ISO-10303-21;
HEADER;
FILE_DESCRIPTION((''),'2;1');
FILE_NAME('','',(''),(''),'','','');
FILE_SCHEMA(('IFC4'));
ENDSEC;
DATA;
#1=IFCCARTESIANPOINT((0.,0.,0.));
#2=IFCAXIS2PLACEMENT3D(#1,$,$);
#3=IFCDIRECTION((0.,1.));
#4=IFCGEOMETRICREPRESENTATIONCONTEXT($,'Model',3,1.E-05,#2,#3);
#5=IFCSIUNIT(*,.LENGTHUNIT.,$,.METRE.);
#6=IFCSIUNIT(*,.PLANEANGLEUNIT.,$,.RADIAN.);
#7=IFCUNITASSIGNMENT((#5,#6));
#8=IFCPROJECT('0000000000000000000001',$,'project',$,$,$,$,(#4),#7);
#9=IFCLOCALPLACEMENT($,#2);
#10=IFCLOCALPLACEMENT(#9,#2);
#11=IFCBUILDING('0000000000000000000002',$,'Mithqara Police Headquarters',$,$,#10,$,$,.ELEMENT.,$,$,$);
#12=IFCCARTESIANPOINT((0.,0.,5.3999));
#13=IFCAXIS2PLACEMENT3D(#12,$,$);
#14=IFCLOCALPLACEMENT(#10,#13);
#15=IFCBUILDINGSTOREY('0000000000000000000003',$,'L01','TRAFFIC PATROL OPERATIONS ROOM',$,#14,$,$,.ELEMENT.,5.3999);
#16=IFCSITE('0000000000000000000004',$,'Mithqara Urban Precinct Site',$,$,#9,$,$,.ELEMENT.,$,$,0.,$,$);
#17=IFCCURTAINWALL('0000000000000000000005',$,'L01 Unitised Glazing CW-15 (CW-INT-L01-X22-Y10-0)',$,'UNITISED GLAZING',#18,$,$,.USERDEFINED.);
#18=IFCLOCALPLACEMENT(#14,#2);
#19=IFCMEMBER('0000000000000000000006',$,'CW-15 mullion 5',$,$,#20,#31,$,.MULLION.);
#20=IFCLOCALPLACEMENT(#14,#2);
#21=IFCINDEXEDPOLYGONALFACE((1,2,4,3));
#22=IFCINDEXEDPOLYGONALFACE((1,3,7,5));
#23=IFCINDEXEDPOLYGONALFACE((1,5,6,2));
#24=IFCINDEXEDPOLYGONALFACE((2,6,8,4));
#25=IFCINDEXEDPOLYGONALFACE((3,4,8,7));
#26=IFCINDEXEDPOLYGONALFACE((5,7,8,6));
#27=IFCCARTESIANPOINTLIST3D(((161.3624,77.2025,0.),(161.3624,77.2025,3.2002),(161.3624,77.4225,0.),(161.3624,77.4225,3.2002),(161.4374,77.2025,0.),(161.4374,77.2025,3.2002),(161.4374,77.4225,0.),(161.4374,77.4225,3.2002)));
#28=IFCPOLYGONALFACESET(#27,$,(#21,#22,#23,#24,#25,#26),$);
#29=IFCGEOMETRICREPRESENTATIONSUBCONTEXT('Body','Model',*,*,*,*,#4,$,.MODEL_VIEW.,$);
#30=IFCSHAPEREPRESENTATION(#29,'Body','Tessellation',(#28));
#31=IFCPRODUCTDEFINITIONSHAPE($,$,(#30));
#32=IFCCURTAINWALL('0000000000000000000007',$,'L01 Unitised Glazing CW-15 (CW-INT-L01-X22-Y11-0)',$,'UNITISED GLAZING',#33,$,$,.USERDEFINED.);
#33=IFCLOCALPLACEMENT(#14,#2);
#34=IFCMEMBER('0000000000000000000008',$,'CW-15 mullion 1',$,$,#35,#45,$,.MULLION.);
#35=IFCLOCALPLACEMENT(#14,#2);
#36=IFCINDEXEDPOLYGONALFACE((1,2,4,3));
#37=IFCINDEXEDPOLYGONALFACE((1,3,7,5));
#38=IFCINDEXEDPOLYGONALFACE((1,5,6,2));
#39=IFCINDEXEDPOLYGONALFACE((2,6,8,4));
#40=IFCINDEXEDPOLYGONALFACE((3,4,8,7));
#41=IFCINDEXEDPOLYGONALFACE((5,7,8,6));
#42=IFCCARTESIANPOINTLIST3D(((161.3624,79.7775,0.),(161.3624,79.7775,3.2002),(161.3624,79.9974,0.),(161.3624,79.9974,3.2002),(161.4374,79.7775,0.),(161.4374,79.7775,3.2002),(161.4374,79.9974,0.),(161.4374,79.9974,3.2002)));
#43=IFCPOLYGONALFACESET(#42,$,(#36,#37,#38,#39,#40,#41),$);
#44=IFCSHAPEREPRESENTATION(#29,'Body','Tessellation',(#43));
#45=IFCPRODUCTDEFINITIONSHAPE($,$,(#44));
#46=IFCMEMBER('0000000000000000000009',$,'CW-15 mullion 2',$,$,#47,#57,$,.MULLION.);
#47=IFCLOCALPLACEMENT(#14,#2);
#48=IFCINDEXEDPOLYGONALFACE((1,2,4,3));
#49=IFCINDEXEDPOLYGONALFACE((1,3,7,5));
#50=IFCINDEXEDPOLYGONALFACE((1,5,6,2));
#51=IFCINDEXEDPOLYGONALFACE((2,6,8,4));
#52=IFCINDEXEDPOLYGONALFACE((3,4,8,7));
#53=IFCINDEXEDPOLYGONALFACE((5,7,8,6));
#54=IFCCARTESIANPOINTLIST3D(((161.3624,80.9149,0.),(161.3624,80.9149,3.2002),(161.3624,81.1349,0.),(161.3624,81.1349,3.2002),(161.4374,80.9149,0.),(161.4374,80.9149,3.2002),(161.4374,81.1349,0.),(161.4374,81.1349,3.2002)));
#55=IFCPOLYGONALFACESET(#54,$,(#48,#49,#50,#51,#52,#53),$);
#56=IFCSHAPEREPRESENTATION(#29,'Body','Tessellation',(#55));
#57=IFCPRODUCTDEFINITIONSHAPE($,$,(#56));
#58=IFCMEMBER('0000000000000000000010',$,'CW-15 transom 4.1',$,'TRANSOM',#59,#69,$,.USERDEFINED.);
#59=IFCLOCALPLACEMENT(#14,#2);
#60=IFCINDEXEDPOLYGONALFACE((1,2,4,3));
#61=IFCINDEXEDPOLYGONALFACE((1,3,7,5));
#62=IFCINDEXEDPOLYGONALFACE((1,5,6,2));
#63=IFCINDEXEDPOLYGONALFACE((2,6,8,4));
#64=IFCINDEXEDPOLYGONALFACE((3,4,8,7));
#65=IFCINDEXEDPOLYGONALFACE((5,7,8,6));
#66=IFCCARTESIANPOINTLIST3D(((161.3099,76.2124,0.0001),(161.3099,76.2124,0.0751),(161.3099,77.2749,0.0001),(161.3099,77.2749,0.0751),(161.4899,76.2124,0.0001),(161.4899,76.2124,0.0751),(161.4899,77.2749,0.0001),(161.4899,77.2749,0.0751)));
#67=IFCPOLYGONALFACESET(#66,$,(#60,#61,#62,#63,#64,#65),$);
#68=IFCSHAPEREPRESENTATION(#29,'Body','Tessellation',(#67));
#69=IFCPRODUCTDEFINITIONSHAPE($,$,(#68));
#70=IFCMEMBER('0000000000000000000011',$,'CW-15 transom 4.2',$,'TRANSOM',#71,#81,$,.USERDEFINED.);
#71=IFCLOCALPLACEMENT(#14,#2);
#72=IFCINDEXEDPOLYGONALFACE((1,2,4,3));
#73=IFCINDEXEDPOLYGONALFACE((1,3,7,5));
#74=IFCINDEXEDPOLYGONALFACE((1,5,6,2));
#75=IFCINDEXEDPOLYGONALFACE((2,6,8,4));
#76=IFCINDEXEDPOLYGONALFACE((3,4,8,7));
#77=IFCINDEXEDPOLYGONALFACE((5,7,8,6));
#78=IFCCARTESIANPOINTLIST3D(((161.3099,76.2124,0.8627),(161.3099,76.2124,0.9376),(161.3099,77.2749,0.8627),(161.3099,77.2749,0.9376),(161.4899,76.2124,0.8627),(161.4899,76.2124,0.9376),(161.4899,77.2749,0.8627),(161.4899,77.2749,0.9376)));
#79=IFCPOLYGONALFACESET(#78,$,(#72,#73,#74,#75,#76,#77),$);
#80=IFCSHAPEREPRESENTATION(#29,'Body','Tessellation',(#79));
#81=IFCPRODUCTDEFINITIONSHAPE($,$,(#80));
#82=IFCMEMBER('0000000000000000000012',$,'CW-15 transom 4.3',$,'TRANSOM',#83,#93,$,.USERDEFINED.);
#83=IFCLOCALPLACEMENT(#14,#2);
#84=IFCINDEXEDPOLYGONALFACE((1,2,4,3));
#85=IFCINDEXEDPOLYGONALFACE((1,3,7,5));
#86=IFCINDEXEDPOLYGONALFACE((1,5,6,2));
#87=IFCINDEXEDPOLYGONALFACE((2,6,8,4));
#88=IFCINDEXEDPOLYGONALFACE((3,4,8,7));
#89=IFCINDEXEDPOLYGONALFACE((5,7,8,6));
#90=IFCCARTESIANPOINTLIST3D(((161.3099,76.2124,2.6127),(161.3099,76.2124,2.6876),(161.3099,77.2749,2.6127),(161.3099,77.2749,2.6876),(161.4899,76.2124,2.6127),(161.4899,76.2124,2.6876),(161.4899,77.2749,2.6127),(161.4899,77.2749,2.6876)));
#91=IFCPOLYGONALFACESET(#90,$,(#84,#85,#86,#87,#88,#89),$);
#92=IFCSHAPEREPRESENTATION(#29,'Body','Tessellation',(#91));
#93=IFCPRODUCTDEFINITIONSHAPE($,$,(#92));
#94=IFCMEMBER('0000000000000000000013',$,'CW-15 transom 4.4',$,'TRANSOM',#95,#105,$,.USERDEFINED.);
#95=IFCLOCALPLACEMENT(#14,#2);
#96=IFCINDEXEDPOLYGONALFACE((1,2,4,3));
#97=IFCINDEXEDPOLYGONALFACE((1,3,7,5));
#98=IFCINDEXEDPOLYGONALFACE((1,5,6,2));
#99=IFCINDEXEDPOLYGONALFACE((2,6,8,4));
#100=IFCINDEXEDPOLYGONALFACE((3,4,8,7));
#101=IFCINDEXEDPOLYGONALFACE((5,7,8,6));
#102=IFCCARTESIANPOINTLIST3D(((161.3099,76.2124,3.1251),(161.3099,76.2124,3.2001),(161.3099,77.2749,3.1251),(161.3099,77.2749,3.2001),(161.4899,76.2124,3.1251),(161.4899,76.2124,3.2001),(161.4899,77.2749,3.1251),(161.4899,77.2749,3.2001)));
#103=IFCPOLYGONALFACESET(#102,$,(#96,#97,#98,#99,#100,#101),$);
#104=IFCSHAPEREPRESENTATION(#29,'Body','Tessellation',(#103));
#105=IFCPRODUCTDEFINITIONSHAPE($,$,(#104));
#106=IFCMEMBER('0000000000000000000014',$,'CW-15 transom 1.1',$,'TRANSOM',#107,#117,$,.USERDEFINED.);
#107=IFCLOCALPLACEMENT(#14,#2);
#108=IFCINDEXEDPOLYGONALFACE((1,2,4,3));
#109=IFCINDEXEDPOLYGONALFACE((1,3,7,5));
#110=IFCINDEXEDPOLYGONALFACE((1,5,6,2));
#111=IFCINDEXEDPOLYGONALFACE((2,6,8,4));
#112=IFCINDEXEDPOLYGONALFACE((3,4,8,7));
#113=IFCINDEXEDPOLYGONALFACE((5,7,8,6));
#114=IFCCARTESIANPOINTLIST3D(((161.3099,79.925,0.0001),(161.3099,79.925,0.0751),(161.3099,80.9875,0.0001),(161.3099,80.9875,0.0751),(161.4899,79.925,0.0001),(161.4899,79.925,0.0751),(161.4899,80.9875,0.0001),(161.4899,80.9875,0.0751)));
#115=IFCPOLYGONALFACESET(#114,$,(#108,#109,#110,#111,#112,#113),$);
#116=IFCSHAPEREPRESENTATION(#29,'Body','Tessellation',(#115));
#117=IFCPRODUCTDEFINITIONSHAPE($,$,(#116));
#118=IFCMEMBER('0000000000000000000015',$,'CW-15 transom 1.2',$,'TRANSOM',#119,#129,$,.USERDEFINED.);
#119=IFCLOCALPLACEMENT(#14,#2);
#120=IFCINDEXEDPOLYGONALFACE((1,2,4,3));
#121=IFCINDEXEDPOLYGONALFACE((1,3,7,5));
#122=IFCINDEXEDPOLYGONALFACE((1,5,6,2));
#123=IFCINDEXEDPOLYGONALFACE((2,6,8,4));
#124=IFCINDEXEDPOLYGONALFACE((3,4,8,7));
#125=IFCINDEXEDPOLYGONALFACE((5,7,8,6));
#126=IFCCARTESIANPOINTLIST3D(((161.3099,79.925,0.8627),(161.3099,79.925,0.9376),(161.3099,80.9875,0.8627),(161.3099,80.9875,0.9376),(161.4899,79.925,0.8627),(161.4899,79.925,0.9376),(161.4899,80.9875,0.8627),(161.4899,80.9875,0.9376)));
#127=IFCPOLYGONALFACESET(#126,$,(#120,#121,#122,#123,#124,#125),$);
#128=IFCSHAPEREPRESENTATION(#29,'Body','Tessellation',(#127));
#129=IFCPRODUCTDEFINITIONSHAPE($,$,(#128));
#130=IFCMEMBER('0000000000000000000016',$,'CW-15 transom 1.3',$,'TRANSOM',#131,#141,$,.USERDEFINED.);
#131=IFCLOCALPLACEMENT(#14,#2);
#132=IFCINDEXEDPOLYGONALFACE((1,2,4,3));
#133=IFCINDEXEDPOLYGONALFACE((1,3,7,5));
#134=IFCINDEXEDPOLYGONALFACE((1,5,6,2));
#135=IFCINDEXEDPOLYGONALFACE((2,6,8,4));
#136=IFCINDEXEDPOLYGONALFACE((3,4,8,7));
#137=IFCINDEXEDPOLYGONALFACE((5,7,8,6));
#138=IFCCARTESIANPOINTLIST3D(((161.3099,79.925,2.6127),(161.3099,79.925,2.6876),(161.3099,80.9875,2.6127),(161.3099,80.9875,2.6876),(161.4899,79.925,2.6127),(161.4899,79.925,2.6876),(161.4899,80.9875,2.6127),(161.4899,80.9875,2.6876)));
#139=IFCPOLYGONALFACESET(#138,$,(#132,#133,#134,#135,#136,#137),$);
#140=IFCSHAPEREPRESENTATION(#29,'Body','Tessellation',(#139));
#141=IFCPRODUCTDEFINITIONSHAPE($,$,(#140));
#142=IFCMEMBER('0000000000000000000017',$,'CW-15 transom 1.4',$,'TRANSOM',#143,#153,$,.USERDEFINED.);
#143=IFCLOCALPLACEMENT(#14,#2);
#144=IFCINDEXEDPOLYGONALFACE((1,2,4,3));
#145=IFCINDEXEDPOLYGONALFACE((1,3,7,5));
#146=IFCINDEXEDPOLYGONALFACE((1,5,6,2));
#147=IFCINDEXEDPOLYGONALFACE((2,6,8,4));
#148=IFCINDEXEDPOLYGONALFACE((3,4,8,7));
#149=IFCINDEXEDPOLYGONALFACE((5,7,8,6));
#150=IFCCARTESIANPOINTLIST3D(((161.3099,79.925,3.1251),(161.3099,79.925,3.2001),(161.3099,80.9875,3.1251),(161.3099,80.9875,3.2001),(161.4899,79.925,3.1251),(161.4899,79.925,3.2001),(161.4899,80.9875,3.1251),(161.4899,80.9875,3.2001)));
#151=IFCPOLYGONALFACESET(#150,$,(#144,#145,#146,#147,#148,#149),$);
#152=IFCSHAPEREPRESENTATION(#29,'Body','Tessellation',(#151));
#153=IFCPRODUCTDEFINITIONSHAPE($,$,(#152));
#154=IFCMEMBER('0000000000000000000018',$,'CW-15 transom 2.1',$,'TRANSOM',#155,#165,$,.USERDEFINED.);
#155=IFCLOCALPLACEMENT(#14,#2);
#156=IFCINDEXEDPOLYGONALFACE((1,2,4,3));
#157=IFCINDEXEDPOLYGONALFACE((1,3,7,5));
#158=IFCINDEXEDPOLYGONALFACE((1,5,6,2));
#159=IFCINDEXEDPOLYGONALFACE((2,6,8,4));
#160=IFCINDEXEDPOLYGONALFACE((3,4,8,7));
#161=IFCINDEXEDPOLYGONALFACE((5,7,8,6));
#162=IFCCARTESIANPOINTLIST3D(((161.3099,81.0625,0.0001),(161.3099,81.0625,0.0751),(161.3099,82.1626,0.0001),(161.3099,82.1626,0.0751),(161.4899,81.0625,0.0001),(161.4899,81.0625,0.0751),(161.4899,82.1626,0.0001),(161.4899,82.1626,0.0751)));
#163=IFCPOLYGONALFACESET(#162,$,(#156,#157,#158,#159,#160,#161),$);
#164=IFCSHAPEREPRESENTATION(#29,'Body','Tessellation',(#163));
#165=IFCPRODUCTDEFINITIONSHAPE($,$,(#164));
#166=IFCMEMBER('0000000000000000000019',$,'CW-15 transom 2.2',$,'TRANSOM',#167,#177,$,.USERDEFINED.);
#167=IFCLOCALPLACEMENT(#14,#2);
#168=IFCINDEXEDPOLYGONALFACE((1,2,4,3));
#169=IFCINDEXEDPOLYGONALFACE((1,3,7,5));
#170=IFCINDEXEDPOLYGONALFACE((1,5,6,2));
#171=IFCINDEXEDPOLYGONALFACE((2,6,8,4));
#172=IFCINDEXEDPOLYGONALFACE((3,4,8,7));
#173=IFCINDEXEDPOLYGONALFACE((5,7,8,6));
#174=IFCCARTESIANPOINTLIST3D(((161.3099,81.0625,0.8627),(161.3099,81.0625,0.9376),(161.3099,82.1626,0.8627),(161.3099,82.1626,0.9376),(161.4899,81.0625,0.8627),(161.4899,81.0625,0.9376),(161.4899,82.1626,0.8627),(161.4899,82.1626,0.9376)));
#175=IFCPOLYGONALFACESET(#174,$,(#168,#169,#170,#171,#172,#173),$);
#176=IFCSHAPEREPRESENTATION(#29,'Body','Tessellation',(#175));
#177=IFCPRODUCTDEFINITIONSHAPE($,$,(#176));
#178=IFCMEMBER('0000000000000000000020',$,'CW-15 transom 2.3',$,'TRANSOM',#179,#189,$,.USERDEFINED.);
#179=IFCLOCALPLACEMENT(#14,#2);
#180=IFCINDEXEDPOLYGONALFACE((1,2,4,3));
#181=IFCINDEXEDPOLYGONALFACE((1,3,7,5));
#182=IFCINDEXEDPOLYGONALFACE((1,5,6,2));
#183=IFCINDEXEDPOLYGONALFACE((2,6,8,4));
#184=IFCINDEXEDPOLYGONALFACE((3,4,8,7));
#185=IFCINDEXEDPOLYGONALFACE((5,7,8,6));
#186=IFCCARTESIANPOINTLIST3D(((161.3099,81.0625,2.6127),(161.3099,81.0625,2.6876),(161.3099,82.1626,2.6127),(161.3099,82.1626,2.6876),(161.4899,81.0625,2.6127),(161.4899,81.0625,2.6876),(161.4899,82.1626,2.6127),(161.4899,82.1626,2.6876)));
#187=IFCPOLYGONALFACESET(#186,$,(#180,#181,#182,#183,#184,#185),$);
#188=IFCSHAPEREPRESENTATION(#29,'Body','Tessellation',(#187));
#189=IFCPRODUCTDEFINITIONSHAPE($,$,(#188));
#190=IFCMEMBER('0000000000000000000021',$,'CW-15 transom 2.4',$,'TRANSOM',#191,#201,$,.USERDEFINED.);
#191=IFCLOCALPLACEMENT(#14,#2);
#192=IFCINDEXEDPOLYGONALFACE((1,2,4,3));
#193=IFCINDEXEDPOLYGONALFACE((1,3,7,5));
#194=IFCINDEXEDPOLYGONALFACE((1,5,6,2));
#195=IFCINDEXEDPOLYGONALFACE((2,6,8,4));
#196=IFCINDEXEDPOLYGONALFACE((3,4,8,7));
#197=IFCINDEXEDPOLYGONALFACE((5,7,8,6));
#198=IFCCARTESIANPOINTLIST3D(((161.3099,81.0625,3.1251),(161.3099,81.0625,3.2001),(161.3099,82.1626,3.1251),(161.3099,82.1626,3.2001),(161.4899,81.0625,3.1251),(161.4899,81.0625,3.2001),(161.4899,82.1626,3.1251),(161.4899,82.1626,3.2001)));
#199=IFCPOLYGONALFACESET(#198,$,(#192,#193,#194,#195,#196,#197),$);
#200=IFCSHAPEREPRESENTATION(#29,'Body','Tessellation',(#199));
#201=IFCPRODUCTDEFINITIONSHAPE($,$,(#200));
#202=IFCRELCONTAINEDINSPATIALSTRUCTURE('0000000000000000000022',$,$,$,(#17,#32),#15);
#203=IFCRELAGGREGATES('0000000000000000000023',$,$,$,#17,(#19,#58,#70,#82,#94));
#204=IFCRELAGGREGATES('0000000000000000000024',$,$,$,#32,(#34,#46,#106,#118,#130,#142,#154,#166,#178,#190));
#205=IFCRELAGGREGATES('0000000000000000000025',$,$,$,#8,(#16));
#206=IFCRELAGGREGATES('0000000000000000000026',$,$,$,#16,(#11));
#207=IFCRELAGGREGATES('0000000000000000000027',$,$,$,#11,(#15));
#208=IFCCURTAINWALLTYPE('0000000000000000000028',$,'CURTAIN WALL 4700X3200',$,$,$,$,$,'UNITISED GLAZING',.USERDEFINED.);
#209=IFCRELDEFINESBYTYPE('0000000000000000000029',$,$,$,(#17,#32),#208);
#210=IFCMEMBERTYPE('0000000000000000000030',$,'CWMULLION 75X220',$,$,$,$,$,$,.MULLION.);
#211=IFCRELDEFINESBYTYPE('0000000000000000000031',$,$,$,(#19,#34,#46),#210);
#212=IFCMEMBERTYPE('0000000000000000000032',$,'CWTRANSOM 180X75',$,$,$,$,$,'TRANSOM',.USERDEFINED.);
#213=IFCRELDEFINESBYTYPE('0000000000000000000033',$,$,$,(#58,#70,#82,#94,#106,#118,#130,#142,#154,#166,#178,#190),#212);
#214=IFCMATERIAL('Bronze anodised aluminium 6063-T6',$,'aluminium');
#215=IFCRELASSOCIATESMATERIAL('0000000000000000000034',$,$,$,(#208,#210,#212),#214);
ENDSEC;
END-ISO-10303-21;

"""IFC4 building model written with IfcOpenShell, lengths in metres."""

from ifc_helpers import new_model, si_unit, direction, frame, origin, origin_2d, place, context, subcontext, project, spatial, rectangle, extrude, material, material_profile, profile_set, type_object, element, aggregate, save


model = new_model("IFC4")

# Units and contexts
model_context = context("Model", 3, precision=1e-05, world=origin(), true_north=direction((0.0, 1.0)))
body_context = subcontext(model_context, "Body", "Model", "MODEL_VIEW")
ifc_project = project(units=[si_unit("LENGTHUNIT", "METRE"), si_unit("PLANEANGLEUNIT", "RADIAN")], contexts=[model_context])

# Site, building, storey
site_placement = place(None, origin())
site = spatial("IfcSite", under=ifc_project, at=site_placement, Name="Mithqara Urban Precinct Site", CompositionType="ELEMENT", RefElevation=0.0)
building_placement = place(site_placement, origin())
building = spatial("IfcBuilding", under=site, at=building_placement, Name="Mithqara Police Headquarters", CompositionType="ELEMENT")
storey_placement = place(building_placement, frame((0.0, 0.0, 5.3999)))
storey = spatial("IfcBuildingStorey", under=building, at=storey_placement, Name="L01", Description="TRAFFIC PATROL OPERATIONS ROOM", CompositionType="ELEMENT", Elevation=5.3999)

# Curtain wall, member
ifc_material_1 = material(Name="Bronze anodised aluminium 6063-T6", Category="aluminium")
curtain_wall_type = type_object("IfcCurtainWallType", Name="CURTAIN WALL 4700X3200", ElementType="UNITISED GLAZING", PredefinedType="USERDEFINED", material=ifc_material_1)
curtain_wall_1_placement = place(storey_placement, origin())
curtain_wall_1 = element("IfcCurtainWall", 1, at=curtain_wall_1_placement, inside=storey, type_object=curtain_wall_type, Name="L01 Unitised Glazing CW-15 (CW-INT-L01-X22-Y10-0)", ObjectType="UNITISED GLAZING", PredefinedType="USERDEFINED")
ifc_material_profile_1 = material_profile(ifc_material_1, rectangle(XDim=0.075, YDim=0.22, at=origin_2d()), Name="CWM 75x220")
ifc_profile_set_1 = profile_set([ifc_material_profile_1], Name="Bronze anodised aluminium 6063-T6")
member_type_1 = type_object("IfcMemberType", Name="CWMULLION 75X220", PredefinedType="MULLION", material=ifc_profile_set_1)
member_1_placement = place(storey_placement, frame((161.3999, 77.3125, 0.0), z_axis=(0.0, 0.0, 1.0), x_axis=(-1.0, 0.0, 0.0)))
member_1 = element("IfcMember", 2, at=member_1_placement, type_object=member_type_1, Name="CW-15 mullion 5", PredefinedType="MULLION", context=body_context, shape_type="SweptSolid", body=[
    extrude(rectangle(XDim=0.075, YDim=0.22, at=origin_2d()), origin(), (0.0, 0.0, 1.0), 3.2002),
])

# Curtain wall, members
curtain_wall_2_placement = place(storey_placement, origin())
curtain_wall_2 = element("IfcCurtainWall", 3, at=curtain_wall_2_placement, inside=storey, type_object=curtain_wall_type, Name="L01 Unitised Glazing CW-15 (CW-INT-L01-X22-Y11-0)", ObjectType="UNITISED GLAZING", PredefinedType="USERDEFINED")
member_2_placement = place(storey_placement, frame((161.3999, 79.8875, 0.0), z_axis=(0.0, 0.0, 1.0), x_axis=(-1.0, 0.0, 0.0)))
member_2 = element("IfcMember", 4, at=member_2_placement, type_object=member_type_1, Name="CW-15 mullion 1", PredefinedType="MULLION", context=body_context, shape_type="SweptSolid", body=[
    extrude(rectangle(XDim=0.075, YDim=0.22, at=origin_2d()), origin(), (0.0, 0.0, 1.0), 3.2002),
])
member_3_placement = place(storey_placement, frame((161.3999, 81.0249, 0.0), z_axis=(0.0, 0.0, 1.0), x_axis=(-1.0, 0.0, 0.0)))
member_3 = element("IfcMember", 5, at=member_3_placement, type_object=member_type_1, Name="CW-15 mullion 2", PredefinedType="MULLION", context=body_context, shape_type="SweptSolid", body=[
    extrude(rectangle(XDim=0.075, YDim=0.22, at=origin_2d()), origin(), (0.0, 0.0, 1.0), 3.2002),
])

# Members
ifc_material_profile_2 = material_profile(ifc_material_1, rectangle(XDim=0.1799, YDim=0.075, at=origin_2d()), Name="CWT 180x75")
ifc_profile_set_2 = profile_set([ifc_material_profile_2], Name="Bronze anodised aluminium 6063-T6")
member_type_2 = type_object("IfcMemberType", Name="CWTRANSOM 180X75", ElementType="TRANSOM", PredefinedType="USERDEFINED", material=ifc_profile_set_2)
member_4_placement = place(storey_placement, frame((161.3999, 76.2124, 0.0376), z_axis=(0.0, 1.0, 0.0), x_axis=(-1.0, 0.0, 0.0)))
member_4 = element("IfcMember", 6, at=member_4_placement, type_object=member_type_2, Name="CW-15 transom 4.1", ObjectType="TRANSOM", PredefinedType="USERDEFINED", context=body_context, shape_type="SweptSolid", body=[
    extrude(rectangle(XDim=0.1799, YDim=0.075, at=origin_2d()), origin(), (0.0, 0.0, 1.0), 1.0625),
])
member_5_placement = place(storey_placement, frame((161.3999, 76.2124, 0.9001), z_axis=(0.0, 1.0, 0.0), x_axis=(-1.0, 0.0, 0.0)))
member_5 = element("IfcMember", 7, at=member_5_placement, type_object=member_type_2, Name="CW-15 transom 4.2", ObjectType="TRANSOM", PredefinedType="USERDEFINED", context=body_context, shape_type="SweptSolid", body=[
    extrude(rectangle(XDim=0.1799, YDim=0.075, at=origin_2d()), origin(), (0.0, 0.0, 1.0), 1.0625),
])
member_6_placement = place(storey_placement, frame((161.3999, 76.2124, 2.6501), z_axis=(0.0, 1.0, 0.0), x_axis=(-1.0, 0.0, 0.0)))
member_6 = element("IfcMember", 8, at=member_6_placement, type_object=member_type_2, Name="CW-15 transom 4.3", ObjectType="TRANSOM", PredefinedType="USERDEFINED", context=body_context, shape_type="SweptSolid", body=[
    extrude(rectangle(XDim=0.1799, YDim=0.075, at=origin_2d()), origin(), (0.0, 0.0, 1.0), 1.0625),
])
member_7_placement = place(storey_placement, frame((161.3999, 76.2124, 3.1626), z_axis=(0.0, 1.0, 0.0), x_axis=(-1.0, 0.0, 0.0)))
member_7 = element("IfcMember", 9, at=member_7_placement, type_object=member_type_2, Name="CW-15 transom 4.4", ObjectType="TRANSOM", PredefinedType="USERDEFINED", context=body_context, shape_type="SweptSolid", body=[
    extrude(rectangle(XDim=0.1799, YDim=0.075, at=origin_2d()), origin(), (0.0, 0.0, 1.0), 1.0625),
])
member_8_placement = place(storey_placement, frame((161.3999, 79.925, 0.0376), z_axis=(0.0, 1.0, 0.0), x_axis=(-1.0, 0.0, 0.0)))
member_8 = element("IfcMember", 10, at=member_8_placement, type_object=member_type_2, Name="CW-15 transom 1.1", ObjectType="TRANSOM", PredefinedType="USERDEFINED", context=body_context, shape_type="SweptSolid", body=[
    extrude(rectangle(XDim=0.1799, YDim=0.075, at=origin_2d()), origin(), (0.0, 0.0, 1.0), 1.0625),
])
member_9_placement = place(storey_placement, frame((161.3999, 79.925, 0.9001), z_axis=(0.0, 1.0, 0.0), x_axis=(-1.0, 0.0, 0.0)))
member_9 = element("IfcMember", 11, at=member_9_placement, type_object=member_type_2, Name="CW-15 transom 1.2", ObjectType="TRANSOM", PredefinedType="USERDEFINED", context=body_context, shape_type="SweptSolid", body=[
    extrude(rectangle(XDim=0.1799, YDim=0.075, at=origin_2d()), origin(), (0.0, 0.0, 1.0), 1.0625),
])
member_10_placement = place(storey_placement, frame((161.3999, 79.925, 2.6501), z_axis=(0.0, 1.0, 0.0), x_axis=(-1.0, 0.0, 0.0)))
member_10 = element("IfcMember", 12, at=member_10_placement, type_object=member_type_2, Name="CW-15 transom 1.3", ObjectType="TRANSOM", PredefinedType="USERDEFINED", context=body_context, shape_type="SweptSolid", body=[
    extrude(rectangle(XDim=0.1799, YDim=0.075, at=origin_2d()), origin(), (0.0, 0.0, 1.0), 1.0625),
])
member_11_placement = place(storey_placement, frame((161.3999, 79.925, 3.1626), z_axis=(0.0, 1.0, 0.0), x_axis=(-1.0, 0.0, 0.0)))
member_11 = element("IfcMember", 13, at=member_11_placement, type_object=member_type_2, Name="CW-15 transom 1.4", ObjectType="TRANSOM", PredefinedType="USERDEFINED", context=body_context, shape_type="SweptSolid", body=[
    extrude(rectangle(XDim=0.1799, YDim=0.075, at=origin_2d()), origin(), (0.0, 0.0, 1.0), 1.0625),
])
member_12_placement = place(storey_placement, frame((161.3999, 81.0625, 0.0376), z_axis=(0.0, 1.0, 0.0), x_axis=(-1.0, 0.0, 0.0)))
member_12 = element("IfcMember", 14, at=member_12_placement, type_object=member_type_2, Name="CW-15 transom 2.1", ObjectType="TRANSOM", PredefinedType="USERDEFINED", context=body_context, shape_type="SweptSolid", body=[
    extrude(rectangle(XDim=0.1799, YDim=0.075, at=origin_2d()), origin(), (0.0, 0.0, 1.0), 1.1001),
])
member_13_placement = place(storey_placement, frame((161.3999, 81.0625, 0.9001), z_axis=(0.0, 1.0, 0.0), x_axis=(-1.0, 0.0, 0.0)))
member_13 = element("IfcMember", 15, at=member_13_placement, type_object=member_type_2, Name="CW-15 transom 2.2", ObjectType="TRANSOM", PredefinedType="USERDEFINED", context=body_context, shape_type="SweptSolid", body=[
    extrude(rectangle(XDim=0.1799, YDim=0.075, at=origin_2d()), origin(), (0.0, 0.0, 1.0), 1.1001),
])
member_14_placement = place(storey_placement, frame((161.3999, 81.0625, 2.6501), z_axis=(0.0, 1.0, 0.0), x_axis=(-1.0, 0.0, 0.0)))
member_14 = element("IfcMember", 16, at=member_14_placement, type_object=member_type_2, Name="CW-15 transom 2.3", ObjectType="TRANSOM", PredefinedType="USERDEFINED", context=body_context, shape_type="SweptSolid", body=[
    extrude(rectangle(XDim=0.1799, YDim=0.075, at=origin_2d()), origin(), (0.0, 0.0, 1.0), 1.1001),
])
member_15_placement = place(storey_placement, frame((161.3999, 81.0625, 3.1626), z_axis=(0.0, 1.0, 0.0), x_axis=(-1.0, 0.0, 0.0)))
member_15 = element("IfcMember", 17, at=member_15_placement, type_object=member_type_2, Name="CW-15 transom 2.4", ObjectType="TRANSOM", PredefinedType="USERDEFINED", context=body_context, shape_type="SweptSolid", body=[
    extrude(rectangle(XDim=0.1799, YDim=0.075, at=origin_2d()), origin(), (0.0, 0.0, 1.0), 1.1001),
])

aggregate(curtain_wall_1, [member_1, member_4, member_5, member_6, member_7])
aggregate(curtain_wall_2, [member_2, member_3, member_8, member_9, member_10, member_11, member_12, member_13, member_14, member_15])

save(model, "model.ifc")
